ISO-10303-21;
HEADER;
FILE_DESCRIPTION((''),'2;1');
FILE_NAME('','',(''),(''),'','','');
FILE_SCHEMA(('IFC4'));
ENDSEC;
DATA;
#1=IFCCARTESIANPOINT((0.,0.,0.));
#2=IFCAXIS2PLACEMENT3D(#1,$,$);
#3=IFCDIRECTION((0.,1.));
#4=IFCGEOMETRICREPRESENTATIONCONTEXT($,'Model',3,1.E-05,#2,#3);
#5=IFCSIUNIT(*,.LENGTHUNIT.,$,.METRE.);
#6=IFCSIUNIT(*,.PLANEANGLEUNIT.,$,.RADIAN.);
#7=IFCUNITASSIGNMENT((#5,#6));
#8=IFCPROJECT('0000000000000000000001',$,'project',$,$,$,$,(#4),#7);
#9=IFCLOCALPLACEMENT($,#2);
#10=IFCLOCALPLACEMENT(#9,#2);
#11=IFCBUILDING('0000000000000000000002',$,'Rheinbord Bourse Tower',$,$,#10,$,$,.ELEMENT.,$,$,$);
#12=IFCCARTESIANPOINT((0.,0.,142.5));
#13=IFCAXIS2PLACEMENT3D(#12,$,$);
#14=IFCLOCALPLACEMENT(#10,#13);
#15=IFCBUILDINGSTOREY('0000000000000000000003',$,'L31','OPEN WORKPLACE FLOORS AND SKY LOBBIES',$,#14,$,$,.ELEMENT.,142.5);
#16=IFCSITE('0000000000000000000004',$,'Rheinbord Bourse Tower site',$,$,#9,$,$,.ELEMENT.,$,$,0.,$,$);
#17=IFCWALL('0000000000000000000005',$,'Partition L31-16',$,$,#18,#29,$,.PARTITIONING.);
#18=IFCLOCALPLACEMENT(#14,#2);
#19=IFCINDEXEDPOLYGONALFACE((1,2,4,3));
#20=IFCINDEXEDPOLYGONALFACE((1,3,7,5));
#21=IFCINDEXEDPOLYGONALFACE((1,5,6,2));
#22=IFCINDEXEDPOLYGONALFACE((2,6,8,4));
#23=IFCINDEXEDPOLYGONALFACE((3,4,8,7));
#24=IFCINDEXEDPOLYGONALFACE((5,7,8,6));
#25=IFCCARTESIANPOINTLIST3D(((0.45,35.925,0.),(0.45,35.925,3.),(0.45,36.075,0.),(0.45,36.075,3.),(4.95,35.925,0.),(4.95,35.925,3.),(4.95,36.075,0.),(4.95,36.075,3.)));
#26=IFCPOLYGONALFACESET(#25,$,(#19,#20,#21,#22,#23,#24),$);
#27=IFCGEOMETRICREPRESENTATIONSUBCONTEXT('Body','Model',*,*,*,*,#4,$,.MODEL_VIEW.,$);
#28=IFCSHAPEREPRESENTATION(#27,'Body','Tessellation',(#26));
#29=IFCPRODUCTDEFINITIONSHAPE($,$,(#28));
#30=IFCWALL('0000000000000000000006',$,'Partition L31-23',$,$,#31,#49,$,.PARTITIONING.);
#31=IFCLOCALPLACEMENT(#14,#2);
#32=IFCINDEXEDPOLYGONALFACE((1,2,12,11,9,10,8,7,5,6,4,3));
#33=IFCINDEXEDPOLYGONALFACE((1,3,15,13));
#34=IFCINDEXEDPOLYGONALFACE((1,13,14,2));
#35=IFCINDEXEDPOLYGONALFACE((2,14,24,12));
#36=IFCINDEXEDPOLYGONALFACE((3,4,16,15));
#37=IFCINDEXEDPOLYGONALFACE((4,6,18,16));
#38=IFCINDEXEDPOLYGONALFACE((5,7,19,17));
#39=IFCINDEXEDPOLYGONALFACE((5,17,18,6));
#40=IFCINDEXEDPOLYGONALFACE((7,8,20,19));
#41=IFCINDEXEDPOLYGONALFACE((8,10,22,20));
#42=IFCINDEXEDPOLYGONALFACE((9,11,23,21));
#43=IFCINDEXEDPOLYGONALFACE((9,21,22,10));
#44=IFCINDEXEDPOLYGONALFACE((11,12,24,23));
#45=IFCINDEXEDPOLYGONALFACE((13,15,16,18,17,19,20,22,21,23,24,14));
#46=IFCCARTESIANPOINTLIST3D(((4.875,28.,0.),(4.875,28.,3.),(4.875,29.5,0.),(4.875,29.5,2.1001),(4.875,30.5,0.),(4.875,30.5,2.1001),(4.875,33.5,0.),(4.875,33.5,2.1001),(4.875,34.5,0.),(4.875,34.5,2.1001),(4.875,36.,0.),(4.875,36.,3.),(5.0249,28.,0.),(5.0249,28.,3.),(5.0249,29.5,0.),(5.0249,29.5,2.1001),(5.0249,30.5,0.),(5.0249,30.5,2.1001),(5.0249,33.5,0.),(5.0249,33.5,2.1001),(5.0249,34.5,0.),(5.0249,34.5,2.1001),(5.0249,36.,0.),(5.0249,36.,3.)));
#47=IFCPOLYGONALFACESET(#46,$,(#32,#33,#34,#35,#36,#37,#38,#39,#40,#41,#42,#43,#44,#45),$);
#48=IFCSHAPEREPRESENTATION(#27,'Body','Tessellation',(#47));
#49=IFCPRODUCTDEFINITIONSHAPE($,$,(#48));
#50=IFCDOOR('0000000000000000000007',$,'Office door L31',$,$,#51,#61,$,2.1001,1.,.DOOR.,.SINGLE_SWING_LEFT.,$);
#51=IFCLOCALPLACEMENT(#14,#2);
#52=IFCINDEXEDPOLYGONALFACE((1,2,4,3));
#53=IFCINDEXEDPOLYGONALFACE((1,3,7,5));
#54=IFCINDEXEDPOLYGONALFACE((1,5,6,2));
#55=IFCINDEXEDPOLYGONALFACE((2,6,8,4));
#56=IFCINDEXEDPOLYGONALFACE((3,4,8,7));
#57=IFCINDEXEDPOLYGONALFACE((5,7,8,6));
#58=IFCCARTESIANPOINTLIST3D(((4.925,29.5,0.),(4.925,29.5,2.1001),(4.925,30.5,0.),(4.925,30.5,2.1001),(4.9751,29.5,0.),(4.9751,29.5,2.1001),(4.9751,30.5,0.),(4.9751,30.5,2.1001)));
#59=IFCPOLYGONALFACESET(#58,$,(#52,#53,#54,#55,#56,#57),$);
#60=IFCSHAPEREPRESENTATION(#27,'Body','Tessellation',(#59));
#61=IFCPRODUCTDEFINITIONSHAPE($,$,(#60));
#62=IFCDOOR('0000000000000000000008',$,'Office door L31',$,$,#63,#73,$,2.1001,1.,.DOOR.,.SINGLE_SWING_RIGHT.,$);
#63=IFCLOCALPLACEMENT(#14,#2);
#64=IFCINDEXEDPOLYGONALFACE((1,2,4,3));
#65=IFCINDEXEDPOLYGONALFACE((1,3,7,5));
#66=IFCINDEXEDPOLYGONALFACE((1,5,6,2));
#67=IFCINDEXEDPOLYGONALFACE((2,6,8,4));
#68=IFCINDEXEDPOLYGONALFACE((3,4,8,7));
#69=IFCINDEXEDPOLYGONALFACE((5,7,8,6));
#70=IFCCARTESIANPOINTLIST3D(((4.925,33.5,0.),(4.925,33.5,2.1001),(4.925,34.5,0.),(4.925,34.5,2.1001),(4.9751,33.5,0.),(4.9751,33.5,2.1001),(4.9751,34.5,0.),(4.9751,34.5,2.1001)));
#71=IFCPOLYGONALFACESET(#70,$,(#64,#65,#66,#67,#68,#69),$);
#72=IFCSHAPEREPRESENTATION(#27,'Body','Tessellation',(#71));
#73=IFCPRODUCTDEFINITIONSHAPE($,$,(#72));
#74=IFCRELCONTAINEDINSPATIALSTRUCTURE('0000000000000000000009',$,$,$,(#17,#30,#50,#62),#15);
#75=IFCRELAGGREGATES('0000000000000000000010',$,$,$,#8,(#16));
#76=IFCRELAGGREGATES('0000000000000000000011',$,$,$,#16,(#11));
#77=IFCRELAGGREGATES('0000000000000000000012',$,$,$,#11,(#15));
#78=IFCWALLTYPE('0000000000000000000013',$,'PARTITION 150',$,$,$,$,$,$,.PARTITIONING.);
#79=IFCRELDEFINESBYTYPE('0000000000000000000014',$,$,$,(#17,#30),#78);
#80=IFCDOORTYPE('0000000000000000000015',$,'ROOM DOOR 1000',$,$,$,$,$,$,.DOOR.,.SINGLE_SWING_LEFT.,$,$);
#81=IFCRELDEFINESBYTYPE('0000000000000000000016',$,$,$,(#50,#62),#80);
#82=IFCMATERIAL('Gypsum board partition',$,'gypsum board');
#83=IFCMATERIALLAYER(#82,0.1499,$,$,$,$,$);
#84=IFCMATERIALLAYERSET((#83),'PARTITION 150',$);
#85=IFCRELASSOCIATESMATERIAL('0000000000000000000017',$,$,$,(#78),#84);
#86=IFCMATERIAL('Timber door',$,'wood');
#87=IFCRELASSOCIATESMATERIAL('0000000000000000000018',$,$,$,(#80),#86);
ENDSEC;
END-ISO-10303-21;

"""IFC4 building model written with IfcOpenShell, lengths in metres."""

from ifc_helpers import new_model, si_unit, direction, frame, frame_2d, origin, place, context, subcontext, project, spatial, rectangle, extrude, material, layer, layer_set, type_object, element, fill, save


model = new_model("IFC4")

# Units and contexts
model_context = context("Model", 3, precision=1e-05, world=origin(), true_north=direction((0.0, 1.0)))
body_context = subcontext(model_context, "Body", "Model", "MODEL_VIEW")
ifc_project = project(units=[si_unit("LENGTHUNIT", "METRE"), si_unit("PLANEANGLEUNIT", "RADIAN")], contexts=[model_context])

# Site, building, storey
site_placement = place(None, origin())
site = spatial("IfcSite", under=ifc_project, at=site_placement, Name="Rheinbord Bourse Tower site", CompositionType="ELEMENT", RefElevation=0.0)
building_placement = place(site_placement, origin())
building = spatial("IfcBuilding", under=site, at=building_placement, Name="Rheinbord Bourse Tower", CompositionType="ELEMENT")
storey_placement = place(building_placement, frame((0.0, 0.0, 142.5)))
storey = spatial("IfcBuildingStorey", under=building, at=storey_placement, Name="L31", Description="OPEN WORKPLACE FLOORS AND SKY LOBBIES", CompositionType="ELEMENT", Elevation=142.5)

# Wall
ifc_material_1 = material(Name="Gypsum board partition", Category="gypsum board")
ifc_layer_1 = layer(ifc_material_1, 0.1499)
ifc_layer_set_1 = layer_set([ifc_layer_1], Name="PARTITION 150")
wall_type_1 = type_object("IfcWallType", Name="PARTITION 150", PredefinedType="PARTITIONING", material=ifc_layer_set_1)
for number, where, z_axis, x_axis, name in (
    (1, (0.45, 36.0, 0.0), (0.0, 0.0, 1.0), (1.0, 0.0, 0.0), "Partition L31-16"),
):
    element("IfcWall", number, at=place(storey_placement, frame(where, z_axis=z_axis, x_axis=x_axis)), inside=storey, type_object=wall_type_1, Name=name, PredefinedType="PARTITIONING", context=body_context, shape_type="SweptSolid", body=[
        extrude(rectangle(XDim=4.5, YDim=0.1499, at=frame_2d((2.25, 0.0))), origin(), (0.0, 0.0, 1.0), 3.0),
    ])

# Wall, openings, doors
wall_1_placement = place(storey_placement, frame((4.95, 28.0, 0.0), z_axis=(0.0, 0.0, 1.0), x_axis=(0.0, 1.0, 0.0)))
wall_1 = element("IfcWall", 2, at=wall_1_placement, inside=storey, type_object=wall_type_1, Name="Partition L31-23", PredefinedType="PARTITIONING", context=body_context, shape_type="SweptSolid", body=[
    extrude(rectangle(XDim=8.0, YDim=0.1499, at=frame_2d((4.0, 0.0))), origin(), (0.0, 0.0, 1.0), 3.0),
])
opening_1_placement = place(wall_1_placement, frame((1.5, 0.0, 0.0)))
opening_1 = element("IfcOpeningElement", 3, at=opening_1_placement, cuts=wall_1, PredefinedType="OPENING", context=body_context, shape_type="SweptSolid", body=[
    extrude(rectangle(XDim=1.0, YDim=2.1001, at=frame_2d((0.5, 1.05))), frame((0.0, 0.085, 0.0), z_axis=(0.0, -1.0, 0.0), x_axis=(1.0, 0.0, 0.0)), (0.0, 0.0, 1.0), 0.1699),
])
opening_2_placement = place(wall_1_placement, frame((5.5, 0.0, 0.0)))
opening_2 = element("IfcOpeningElement", 4, at=opening_2_placement, cuts=wall_1, PredefinedType="OPENING", context=body_context, shape_type="SweptSolid", body=[
    extrude(rectangle(XDim=1.0, YDim=2.1001, at=frame_2d((0.5, 1.05))), frame((0.0, 0.085, 0.0), z_axis=(0.0, -1.0, 0.0), x_axis=(1.0, 0.0, 0.0)), (0.0, 0.0, 1.0), 0.1699),
])
ifc_material_2 = material(Name="Timber door", Category="wood")
door_type_1 = type_object("IfcDoorType", Name="ROOM DOOR 1000", OperationType="SINGLE_SWING_LEFT", PredefinedType="DOOR", material=ifc_material_2)
door_1_placement = place(opening_1_placement, origin())
door_1 = element("IfcDoor", 5, at=door_1_placement, inside=storey, type_object=door_type_1, Name="Office door L31", OperationType="SINGLE_SWING_LEFT", OverallHeight=2.1001, OverallWidth=1.0, PredefinedType="DOOR", context=body_context, shape_type="SweptSolid", body=[
    extrude(rectangle(XDim=1.0, YDim=2.1001, at=frame_2d((0.5, 1.05))), frame((0.0, 0.0249, 0.0), z_axis=(0.0, -1.0, 0.0), x_axis=(1.0, 0.0, 0.0)), (0.0, 0.0, 1.0), 0.05),
])
fill(opening_1, door_1)
door_2_placement = place(opening_2_placement, origin())
door_2 = element("IfcDoor", 6, at=door_2_placement, inside=storey, type_object=door_type_1, Name="Office door L31", OperationType="SINGLE_SWING_RIGHT", OverallHeight=2.1001, OverallWidth=1.0, PredefinedType="DOOR", context=body_context, shape_type="SweptSolid", body=[
    extrude(rectangle(XDim=1.0, YDim=2.1001, at=frame_2d((0.5, 1.05))), frame((0.0, 0.0249, 0.0), z_axis=(0.0, -1.0, 0.0), x_axis=(1.0, 0.0, 0.0)), (0.0, 0.0, 1.0), 0.05),
])
fill(opening_2, door_2)

save(model, "model.ifc")
